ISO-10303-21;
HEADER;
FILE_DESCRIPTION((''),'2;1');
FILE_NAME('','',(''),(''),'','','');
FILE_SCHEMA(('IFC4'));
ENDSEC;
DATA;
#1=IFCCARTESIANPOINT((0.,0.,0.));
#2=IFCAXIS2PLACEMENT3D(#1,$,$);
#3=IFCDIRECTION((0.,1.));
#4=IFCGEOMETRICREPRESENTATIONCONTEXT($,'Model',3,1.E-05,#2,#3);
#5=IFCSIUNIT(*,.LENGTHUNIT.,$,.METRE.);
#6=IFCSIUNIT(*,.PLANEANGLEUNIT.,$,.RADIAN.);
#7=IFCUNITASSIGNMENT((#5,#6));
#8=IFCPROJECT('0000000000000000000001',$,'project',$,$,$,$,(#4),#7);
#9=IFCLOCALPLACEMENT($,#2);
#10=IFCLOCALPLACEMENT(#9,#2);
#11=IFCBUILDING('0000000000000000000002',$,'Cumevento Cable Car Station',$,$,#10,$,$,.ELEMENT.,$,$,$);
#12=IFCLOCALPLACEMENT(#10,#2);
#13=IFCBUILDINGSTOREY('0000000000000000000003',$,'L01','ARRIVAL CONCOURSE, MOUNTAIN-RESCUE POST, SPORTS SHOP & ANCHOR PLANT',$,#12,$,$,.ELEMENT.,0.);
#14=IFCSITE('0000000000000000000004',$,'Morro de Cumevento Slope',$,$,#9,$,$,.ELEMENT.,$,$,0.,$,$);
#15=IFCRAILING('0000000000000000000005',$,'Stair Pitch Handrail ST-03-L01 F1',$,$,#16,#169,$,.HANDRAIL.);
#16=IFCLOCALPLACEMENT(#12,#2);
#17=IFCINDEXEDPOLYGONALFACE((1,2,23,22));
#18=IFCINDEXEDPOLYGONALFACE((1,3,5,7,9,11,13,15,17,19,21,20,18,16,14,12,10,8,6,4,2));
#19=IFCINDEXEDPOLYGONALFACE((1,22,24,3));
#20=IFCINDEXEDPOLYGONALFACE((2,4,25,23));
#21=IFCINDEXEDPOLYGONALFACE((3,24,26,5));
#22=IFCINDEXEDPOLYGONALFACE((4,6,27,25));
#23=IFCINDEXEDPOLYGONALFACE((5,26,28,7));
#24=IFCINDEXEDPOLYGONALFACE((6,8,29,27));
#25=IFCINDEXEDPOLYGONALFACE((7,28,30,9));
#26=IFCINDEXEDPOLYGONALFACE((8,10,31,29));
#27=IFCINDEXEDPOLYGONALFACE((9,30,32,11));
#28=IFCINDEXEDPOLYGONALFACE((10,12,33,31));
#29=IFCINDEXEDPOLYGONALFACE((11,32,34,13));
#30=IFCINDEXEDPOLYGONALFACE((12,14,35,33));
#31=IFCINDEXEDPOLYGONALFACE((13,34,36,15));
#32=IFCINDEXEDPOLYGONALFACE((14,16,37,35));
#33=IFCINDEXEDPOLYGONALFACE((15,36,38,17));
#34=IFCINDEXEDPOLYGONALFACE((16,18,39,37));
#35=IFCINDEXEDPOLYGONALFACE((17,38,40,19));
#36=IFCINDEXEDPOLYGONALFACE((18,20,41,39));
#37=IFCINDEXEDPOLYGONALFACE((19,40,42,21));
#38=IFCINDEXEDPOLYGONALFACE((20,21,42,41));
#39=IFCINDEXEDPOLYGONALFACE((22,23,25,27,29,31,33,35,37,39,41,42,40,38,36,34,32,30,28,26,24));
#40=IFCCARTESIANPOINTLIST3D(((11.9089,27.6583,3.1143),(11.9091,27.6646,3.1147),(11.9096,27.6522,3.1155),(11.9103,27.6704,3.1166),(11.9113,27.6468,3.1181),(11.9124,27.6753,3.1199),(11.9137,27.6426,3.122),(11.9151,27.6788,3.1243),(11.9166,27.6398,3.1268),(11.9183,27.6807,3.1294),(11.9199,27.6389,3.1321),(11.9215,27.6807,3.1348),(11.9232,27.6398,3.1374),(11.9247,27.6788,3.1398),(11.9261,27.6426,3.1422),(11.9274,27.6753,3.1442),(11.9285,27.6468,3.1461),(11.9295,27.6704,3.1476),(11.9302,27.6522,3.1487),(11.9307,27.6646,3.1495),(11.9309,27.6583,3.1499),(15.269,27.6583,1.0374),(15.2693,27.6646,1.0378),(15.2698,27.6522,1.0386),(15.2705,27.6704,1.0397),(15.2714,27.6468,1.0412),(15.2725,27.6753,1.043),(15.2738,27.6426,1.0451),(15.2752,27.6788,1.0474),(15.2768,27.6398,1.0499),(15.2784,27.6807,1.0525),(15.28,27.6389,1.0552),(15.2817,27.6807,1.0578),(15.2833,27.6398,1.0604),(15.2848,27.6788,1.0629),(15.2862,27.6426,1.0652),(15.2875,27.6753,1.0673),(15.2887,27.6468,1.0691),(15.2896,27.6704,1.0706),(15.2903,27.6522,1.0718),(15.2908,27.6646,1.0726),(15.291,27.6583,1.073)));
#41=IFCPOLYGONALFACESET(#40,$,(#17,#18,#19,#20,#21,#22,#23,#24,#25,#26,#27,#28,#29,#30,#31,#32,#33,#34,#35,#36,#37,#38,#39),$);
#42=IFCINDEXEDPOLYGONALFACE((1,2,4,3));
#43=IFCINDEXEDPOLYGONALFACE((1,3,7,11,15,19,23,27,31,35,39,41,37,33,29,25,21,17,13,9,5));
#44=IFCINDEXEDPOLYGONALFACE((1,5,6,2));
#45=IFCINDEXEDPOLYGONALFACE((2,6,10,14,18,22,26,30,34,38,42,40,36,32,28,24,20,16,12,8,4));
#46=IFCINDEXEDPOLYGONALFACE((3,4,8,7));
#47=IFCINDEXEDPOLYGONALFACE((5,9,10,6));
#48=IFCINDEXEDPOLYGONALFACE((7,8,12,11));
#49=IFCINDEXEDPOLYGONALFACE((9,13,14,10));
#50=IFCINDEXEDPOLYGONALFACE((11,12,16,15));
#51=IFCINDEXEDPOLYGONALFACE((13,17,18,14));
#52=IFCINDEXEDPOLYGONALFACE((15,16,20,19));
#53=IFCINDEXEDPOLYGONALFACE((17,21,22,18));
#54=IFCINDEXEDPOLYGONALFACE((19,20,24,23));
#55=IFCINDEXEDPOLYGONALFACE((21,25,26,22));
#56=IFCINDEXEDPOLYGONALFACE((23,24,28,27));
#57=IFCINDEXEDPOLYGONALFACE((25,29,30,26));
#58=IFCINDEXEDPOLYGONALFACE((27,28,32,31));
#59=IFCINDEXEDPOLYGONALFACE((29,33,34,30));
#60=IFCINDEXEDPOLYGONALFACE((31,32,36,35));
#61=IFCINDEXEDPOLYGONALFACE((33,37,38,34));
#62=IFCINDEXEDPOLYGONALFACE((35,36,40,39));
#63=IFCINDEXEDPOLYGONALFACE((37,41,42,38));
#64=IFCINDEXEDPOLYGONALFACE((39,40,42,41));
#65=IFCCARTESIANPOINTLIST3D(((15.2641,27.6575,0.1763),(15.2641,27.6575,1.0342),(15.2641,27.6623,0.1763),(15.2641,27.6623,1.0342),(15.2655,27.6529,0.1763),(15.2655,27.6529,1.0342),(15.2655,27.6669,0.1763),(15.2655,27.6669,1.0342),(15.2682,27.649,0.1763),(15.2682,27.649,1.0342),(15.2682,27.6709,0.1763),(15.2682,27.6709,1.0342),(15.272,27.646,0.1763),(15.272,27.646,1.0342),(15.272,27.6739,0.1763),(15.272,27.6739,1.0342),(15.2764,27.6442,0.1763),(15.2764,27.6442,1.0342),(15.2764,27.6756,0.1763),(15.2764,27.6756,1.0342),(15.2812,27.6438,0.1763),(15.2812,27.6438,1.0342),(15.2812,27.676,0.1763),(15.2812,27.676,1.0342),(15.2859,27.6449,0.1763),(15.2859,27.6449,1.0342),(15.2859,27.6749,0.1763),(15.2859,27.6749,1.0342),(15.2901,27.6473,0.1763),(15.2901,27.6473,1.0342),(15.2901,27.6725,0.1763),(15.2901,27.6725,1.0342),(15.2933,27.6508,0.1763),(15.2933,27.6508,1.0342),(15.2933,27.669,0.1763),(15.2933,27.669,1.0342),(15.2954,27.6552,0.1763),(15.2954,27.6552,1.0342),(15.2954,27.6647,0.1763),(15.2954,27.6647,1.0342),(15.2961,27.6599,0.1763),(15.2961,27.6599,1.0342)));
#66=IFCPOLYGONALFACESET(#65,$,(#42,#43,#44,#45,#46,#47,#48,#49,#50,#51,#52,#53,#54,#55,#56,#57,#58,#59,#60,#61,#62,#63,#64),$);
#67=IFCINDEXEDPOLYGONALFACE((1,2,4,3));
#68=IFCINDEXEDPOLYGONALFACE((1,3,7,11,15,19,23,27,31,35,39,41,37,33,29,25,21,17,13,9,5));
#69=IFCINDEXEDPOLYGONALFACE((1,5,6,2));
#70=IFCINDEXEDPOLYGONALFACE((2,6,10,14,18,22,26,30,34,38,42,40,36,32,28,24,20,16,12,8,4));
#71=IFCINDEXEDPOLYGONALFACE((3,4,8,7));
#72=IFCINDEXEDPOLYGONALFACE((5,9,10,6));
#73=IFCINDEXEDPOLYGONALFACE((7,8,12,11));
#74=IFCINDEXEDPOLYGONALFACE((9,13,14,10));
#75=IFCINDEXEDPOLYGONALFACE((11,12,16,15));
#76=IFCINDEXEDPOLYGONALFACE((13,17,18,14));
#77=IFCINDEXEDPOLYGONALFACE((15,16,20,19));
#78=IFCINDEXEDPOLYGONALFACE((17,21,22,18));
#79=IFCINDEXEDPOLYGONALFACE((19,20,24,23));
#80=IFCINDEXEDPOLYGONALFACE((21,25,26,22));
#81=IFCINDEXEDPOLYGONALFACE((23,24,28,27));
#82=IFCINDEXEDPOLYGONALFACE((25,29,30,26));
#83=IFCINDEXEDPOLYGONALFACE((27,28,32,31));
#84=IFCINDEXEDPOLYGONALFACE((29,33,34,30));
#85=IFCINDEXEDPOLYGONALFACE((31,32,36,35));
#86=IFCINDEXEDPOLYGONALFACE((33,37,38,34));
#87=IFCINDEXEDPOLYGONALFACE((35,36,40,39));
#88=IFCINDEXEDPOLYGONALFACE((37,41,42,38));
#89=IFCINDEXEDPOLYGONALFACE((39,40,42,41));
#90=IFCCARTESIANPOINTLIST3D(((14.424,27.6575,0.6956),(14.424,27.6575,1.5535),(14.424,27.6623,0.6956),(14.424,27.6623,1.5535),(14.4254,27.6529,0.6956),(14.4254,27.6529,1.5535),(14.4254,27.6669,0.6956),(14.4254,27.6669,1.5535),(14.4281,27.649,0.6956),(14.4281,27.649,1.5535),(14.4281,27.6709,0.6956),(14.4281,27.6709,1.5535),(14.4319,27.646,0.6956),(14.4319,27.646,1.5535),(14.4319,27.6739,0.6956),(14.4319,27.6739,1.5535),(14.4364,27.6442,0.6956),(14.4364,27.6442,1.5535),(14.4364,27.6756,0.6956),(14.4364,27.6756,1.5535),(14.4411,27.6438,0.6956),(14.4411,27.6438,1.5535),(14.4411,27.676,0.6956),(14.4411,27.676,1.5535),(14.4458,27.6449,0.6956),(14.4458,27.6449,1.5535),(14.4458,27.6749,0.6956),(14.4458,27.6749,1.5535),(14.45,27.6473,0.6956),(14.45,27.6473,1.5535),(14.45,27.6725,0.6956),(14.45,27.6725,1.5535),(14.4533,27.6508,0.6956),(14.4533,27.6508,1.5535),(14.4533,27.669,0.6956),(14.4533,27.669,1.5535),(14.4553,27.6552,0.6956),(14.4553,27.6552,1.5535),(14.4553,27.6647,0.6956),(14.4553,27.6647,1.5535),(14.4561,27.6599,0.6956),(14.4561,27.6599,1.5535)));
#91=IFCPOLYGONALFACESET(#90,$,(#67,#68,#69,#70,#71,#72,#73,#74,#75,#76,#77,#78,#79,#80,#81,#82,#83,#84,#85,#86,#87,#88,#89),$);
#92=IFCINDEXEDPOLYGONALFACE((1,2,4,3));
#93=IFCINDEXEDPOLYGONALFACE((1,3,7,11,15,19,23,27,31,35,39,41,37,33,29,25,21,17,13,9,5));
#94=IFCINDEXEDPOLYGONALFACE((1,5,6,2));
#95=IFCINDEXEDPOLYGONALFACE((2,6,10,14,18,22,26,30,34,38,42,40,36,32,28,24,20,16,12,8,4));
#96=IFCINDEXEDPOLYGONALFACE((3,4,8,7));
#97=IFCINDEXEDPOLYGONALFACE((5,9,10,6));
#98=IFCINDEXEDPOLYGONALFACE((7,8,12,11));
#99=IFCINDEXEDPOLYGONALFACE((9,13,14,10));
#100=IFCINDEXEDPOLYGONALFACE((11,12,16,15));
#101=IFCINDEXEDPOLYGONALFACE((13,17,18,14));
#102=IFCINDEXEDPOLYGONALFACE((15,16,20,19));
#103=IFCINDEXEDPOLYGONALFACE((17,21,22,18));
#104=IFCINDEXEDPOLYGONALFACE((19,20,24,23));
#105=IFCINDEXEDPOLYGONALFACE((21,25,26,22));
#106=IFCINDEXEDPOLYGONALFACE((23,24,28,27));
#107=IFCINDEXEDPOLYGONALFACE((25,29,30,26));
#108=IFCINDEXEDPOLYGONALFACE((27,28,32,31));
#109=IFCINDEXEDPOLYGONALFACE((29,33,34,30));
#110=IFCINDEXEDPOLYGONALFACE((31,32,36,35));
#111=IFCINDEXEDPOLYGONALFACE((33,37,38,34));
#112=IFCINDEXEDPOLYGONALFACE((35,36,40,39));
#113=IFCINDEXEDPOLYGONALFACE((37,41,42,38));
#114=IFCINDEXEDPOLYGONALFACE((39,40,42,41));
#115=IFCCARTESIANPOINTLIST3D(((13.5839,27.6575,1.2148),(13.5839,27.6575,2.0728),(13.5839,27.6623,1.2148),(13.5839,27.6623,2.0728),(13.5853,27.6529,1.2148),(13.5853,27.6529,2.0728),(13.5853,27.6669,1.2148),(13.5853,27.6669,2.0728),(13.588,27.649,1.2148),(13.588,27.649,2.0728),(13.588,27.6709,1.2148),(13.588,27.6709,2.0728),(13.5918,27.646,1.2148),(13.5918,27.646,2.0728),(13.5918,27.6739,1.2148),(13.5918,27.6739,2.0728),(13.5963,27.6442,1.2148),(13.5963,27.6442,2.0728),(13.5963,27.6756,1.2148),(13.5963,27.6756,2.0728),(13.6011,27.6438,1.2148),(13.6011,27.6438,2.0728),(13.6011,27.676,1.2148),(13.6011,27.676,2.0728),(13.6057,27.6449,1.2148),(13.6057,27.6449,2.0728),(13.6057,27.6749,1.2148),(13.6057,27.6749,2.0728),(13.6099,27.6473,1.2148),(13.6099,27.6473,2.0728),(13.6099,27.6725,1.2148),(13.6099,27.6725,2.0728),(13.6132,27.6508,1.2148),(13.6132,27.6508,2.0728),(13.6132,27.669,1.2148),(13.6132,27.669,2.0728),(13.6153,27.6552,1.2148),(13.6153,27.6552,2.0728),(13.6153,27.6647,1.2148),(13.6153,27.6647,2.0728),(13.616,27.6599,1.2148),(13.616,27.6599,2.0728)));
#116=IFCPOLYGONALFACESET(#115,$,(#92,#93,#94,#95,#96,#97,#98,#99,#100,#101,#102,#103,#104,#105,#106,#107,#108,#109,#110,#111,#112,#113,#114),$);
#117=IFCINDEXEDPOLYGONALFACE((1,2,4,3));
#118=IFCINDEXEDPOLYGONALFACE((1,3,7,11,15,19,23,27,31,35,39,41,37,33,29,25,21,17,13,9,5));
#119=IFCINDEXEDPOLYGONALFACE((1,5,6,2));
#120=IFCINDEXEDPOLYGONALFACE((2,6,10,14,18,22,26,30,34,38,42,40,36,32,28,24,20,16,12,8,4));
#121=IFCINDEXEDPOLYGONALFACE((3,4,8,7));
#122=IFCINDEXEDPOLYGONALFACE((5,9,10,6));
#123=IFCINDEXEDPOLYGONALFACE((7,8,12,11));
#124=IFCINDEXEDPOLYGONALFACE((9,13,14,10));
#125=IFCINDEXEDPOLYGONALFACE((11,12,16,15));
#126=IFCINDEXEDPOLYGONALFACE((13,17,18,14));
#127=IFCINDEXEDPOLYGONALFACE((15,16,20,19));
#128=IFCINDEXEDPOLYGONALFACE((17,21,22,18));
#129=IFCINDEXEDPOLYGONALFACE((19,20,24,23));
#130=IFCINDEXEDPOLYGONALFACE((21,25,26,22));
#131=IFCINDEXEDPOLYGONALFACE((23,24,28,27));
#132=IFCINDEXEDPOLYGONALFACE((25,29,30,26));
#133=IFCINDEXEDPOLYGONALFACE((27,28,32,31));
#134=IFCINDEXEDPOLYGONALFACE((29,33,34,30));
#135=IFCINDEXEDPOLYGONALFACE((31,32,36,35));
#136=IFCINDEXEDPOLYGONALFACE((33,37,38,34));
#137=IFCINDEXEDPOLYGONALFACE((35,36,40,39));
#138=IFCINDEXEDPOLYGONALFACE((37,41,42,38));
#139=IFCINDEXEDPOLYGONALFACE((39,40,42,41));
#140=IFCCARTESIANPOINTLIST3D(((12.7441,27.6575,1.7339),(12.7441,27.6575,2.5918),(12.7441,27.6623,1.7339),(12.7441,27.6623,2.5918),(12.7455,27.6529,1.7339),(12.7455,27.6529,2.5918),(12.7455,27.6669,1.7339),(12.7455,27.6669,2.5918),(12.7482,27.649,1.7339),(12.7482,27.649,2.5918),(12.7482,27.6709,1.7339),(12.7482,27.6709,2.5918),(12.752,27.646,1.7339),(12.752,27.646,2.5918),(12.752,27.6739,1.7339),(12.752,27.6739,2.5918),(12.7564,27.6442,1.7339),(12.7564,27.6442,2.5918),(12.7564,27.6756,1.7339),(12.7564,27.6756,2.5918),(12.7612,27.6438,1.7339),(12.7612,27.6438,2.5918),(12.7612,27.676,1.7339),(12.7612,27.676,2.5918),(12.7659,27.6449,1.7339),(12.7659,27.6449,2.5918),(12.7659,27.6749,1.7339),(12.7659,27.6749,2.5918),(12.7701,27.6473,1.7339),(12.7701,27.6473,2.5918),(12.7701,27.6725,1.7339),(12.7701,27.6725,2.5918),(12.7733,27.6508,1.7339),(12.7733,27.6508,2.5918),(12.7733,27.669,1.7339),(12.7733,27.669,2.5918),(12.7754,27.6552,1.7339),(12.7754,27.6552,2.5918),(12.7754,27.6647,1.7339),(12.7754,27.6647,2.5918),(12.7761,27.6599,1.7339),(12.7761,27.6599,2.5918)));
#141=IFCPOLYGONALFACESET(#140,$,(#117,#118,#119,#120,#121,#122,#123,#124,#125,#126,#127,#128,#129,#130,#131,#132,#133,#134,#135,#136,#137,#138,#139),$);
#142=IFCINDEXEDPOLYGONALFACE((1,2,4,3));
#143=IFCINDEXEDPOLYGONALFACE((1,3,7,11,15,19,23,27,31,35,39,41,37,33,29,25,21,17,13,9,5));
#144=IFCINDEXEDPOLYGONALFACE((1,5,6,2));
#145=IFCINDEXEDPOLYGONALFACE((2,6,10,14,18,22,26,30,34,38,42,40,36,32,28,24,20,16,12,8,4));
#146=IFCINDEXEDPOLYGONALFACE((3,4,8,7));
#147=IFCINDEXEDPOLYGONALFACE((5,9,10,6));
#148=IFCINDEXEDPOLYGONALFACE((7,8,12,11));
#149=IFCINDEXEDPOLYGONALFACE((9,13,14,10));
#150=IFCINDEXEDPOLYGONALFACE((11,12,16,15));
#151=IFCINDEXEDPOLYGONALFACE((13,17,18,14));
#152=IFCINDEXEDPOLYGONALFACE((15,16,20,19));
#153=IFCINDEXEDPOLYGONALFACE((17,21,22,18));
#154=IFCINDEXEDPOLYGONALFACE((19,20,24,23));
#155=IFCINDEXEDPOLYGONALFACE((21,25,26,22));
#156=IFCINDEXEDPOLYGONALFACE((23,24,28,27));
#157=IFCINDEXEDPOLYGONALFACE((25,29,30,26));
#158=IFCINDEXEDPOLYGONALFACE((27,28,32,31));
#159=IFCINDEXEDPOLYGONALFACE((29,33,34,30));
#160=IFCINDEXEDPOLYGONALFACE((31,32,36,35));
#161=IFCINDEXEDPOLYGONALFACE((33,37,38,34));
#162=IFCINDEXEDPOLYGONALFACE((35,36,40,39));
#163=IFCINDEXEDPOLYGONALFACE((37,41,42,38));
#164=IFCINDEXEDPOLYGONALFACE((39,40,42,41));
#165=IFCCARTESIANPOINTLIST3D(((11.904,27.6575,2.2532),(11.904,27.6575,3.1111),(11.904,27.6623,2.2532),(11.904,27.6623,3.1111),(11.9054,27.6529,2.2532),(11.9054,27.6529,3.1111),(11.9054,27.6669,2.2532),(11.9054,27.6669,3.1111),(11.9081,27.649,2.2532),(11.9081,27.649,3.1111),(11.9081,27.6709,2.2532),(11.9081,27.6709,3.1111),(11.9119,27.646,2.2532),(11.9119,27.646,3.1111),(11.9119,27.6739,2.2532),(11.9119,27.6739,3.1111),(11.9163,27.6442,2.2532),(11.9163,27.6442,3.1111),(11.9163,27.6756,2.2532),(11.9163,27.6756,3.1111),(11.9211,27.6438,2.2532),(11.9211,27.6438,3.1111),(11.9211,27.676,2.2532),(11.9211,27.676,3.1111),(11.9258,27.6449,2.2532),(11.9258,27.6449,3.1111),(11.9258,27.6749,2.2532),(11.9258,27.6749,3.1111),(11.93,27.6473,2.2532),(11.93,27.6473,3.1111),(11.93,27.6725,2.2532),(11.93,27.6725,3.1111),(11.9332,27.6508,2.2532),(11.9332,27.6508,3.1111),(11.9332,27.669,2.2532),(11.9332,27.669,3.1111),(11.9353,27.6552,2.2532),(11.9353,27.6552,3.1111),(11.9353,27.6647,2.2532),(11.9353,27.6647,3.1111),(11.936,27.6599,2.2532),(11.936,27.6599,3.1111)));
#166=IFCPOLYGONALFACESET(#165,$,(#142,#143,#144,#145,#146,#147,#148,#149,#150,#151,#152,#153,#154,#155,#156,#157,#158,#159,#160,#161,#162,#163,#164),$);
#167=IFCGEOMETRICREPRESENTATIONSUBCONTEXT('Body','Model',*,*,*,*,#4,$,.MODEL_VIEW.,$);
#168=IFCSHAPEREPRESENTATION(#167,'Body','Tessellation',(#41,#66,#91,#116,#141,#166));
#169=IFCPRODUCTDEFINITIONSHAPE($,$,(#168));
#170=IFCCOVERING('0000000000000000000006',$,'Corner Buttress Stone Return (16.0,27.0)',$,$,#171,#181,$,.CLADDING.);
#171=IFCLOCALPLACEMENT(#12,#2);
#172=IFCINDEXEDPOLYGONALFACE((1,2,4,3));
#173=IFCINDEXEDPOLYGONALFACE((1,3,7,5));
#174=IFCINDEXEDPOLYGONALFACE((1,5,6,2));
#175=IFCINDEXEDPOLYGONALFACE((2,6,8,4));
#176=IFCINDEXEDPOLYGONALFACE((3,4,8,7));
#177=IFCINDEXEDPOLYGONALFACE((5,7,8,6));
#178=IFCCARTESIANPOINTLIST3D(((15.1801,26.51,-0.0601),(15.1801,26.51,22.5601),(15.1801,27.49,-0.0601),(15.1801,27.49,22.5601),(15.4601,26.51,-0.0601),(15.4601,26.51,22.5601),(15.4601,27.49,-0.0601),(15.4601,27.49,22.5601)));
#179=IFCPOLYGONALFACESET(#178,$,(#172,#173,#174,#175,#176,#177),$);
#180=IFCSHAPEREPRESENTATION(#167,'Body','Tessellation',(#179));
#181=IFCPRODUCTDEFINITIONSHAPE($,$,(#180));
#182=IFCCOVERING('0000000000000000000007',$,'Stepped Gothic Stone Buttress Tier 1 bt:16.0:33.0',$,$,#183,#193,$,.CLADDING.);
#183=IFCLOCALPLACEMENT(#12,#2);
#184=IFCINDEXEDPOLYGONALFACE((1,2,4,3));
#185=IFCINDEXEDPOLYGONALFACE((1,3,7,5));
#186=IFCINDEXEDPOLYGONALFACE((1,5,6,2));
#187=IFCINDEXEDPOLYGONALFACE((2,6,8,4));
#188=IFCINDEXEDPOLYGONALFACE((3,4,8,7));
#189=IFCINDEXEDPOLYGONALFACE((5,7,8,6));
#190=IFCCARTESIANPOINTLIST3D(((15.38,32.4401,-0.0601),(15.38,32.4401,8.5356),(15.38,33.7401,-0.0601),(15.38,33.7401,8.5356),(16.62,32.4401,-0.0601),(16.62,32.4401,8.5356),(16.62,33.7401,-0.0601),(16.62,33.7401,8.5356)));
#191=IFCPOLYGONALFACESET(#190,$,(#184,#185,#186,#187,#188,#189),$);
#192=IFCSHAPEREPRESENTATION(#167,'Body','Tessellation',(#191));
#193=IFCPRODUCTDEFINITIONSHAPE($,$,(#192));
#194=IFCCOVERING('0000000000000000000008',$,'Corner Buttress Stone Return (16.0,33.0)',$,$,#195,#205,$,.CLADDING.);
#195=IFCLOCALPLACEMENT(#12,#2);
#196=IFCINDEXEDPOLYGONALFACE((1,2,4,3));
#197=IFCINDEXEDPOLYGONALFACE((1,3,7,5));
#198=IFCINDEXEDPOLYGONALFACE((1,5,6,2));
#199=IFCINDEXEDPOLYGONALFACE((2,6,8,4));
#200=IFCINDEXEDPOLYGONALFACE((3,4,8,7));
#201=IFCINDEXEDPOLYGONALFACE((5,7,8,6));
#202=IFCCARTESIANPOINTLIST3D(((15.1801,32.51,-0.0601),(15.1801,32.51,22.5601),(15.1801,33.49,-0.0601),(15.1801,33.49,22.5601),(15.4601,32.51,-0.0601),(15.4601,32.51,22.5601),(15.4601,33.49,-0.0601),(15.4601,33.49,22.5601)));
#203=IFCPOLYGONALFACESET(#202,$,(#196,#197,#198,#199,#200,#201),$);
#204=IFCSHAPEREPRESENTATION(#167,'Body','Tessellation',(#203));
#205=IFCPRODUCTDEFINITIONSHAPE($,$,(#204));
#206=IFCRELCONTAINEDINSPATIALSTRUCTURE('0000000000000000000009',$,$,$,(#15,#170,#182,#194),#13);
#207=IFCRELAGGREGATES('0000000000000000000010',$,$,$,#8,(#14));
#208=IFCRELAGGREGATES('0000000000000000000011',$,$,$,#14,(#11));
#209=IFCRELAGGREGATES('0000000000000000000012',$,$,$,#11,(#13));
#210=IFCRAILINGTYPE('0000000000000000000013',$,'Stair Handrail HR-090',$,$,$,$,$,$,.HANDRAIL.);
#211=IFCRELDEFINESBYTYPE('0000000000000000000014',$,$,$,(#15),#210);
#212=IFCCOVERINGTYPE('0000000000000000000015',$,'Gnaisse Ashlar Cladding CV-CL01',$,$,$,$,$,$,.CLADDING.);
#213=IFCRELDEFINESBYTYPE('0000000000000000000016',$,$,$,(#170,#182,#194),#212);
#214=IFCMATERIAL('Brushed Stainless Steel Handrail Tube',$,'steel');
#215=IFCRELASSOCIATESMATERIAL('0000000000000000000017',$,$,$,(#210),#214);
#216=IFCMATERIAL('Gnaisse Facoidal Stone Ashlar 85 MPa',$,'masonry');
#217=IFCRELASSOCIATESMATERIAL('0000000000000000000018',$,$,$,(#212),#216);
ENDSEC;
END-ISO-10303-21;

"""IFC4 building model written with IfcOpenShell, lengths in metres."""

from ifc_helpers import new_model, si_unit, direction, frame, origin, origin_2d, place, context, subcontext, project, spatial, rectangle, circle, extrude, material, type_object, element, save


model = new_model("IFC4")

# Units and contexts
model_context = context("Model", 3, precision=1e-05, world=origin(), true_north=direction((0.0, 1.0)))
body_context = subcontext(model_context, "Body", "Model", "MODEL_VIEW")
ifc_project = project(units=[si_unit("LENGTHUNIT", "METRE"), si_unit("PLANEANGLEUNIT", "RADIAN")], contexts=[model_context])

# Site, building, storey
site_placement = place(None, origin())
site = spatial("IfcSite", under=ifc_project, at=site_placement, Name="Morro de Cumevento Slope", CompositionType="ELEMENT", RefElevation=0.0)
building_placement = place(site_placement, origin())
building = spatial("IfcBuilding", under=site, at=building_placement, Name="Cumevento Cable Car Station", CompositionType="ELEMENT")
storey_placement = place(building_placement, origin())
storey = spatial("IfcBuildingStorey", under=building, at=storey_placement, Name="L01", Description="ARRIVAL CONCOURSE, MOUNTAIN-RESCUE POST, SPORTS SHOP & ANCHOR PLANT", CompositionType="ELEMENT", Elevation=0.0)

# Railing
ifc_material_1 = material(Name="Brushed Stainless Steel Handrail Tube", Category="steel")
railing_type_1 = type_object("IfcRailingType", Name="Stair Handrail HR-090", PredefinedType="HANDRAIL", material=ifc_material_1)
railing_1_placement = place(storey_placement, frame((15.28, 27.6599, 0.1763)))
element("IfcRailing", 1, at=railing_1_placement, inside=storey, type_object=railing_type_1, Name="Stair Pitch Handrail ST-03-L01 F1", PredefinedType="HANDRAIL", context=body_context, shape_type="SweptSolid", body=[
    extrude(circle(Radius=0.021, at=origin_2d()), frame((0.0, 0.0, 0.8789), z_axis=(-0.850623, 0.0, 0.525776), x_axis=(0.0, -1.0, 0.0)), (0.0, 0.0, 1.0), 3.9502),
    extrude(circle(Radius=0.0161, at=origin_2d()), origin(), (0.0, 0.0, 1.0), 0.8579),
    extrude(circle(Radius=0.0161, at=origin_2d()), frame((-0.8401, 0.0, 0.5193)), (0.0, 0.0, 1.0), 0.8579),
    extrude(circle(Radius=0.0161, at=origin_2d()), frame((-1.6802, 0.0, 1.0386)), (0.0, 0.0, 1.0), 0.8579),
    extrude(circle(Radius=0.0161, at=origin_2d()), frame((-2.52, 0.0, 1.5576)), (0.0, 0.0, 1.0), 0.8579),
    extrude(circle(Radius=0.0161, at=origin_2d()), frame((-3.3601, 0.0, 2.0769)), (0.0, 0.0, 1.0), 0.8579),
])

# Coverings
ifc_material_2 = material(Name="Gnaisse Facoidal Stone Ashlar 85 MPa", Category="masonry")
covering_type = type_object("IfcCoveringType", Name="Gnaisse Ashlar Cladding CV-CL01", PredefinedType="CLADDING", material=ifc_material_2)
covering_1_placement = place(storey_placement, frame((15.3201, 27.0, -0.0601), z_axis=(0.0, 0.0, 1.0), x_axis=(1.0, 0.0, 0.0)))
element("IfcCovering", 2, at=covering_1_placement, inside=storey, type_object=covering_type, Name="Corner Buttress Stone Return (16.0,27.0)", PredefinedType="CLADDING", context=body_context, shape_type="SweptSolid", body=[
    extrude(rectangle(XDim=0.28, YDim=0.98, at=origin_2d()), origin(), (0.0, 0.0, 1.0), 22.6201),
])
covering_2_placement = place(storey_placement, frame((16.0, 33.0901, -0.0601), z_axis=(0.0, 0.0, 1.0), x_axis=(-1.0, 0.0, 0.0)))
element("IfcCovering", 3, at=covering_2_placement, inside=storey, type_object=covering_type, Name="Stepped Gothic Stone Buttress Tier 1 bt:16.0:33.0", PredefinedType="CLADDING", context=body_context, shape_type="SweptSolid", body=[
    extrude(rectangle(XDim=1.24, YDim=1.3, at=origin_2d()), origin(), (0.0, 0.0, 1.0), 8.5957),
])
covering_3_placement = place(storey_placement, frame((15.3201, 33.0, -0.0601), z_axis=(0.0, 0.0, 1.0), x_axis=(1.0, 0.0, 0.0)))
element("IfcCovering", 4, at=covering_3_placement, inside=storey, type_object=covering_type, Name="Corner Buttress Stone Return (16.0,33.0)", PredefinedType="CLADDING", context=body_context, shape_type="SweptSolid", body=[
    extrude(rectangle(XDim=0.28, YDim=0.98, at=origin_2d()), origin(), (0.0, 0.0, 1.0), 22.6201),
])

save(model, "model.ifc")
